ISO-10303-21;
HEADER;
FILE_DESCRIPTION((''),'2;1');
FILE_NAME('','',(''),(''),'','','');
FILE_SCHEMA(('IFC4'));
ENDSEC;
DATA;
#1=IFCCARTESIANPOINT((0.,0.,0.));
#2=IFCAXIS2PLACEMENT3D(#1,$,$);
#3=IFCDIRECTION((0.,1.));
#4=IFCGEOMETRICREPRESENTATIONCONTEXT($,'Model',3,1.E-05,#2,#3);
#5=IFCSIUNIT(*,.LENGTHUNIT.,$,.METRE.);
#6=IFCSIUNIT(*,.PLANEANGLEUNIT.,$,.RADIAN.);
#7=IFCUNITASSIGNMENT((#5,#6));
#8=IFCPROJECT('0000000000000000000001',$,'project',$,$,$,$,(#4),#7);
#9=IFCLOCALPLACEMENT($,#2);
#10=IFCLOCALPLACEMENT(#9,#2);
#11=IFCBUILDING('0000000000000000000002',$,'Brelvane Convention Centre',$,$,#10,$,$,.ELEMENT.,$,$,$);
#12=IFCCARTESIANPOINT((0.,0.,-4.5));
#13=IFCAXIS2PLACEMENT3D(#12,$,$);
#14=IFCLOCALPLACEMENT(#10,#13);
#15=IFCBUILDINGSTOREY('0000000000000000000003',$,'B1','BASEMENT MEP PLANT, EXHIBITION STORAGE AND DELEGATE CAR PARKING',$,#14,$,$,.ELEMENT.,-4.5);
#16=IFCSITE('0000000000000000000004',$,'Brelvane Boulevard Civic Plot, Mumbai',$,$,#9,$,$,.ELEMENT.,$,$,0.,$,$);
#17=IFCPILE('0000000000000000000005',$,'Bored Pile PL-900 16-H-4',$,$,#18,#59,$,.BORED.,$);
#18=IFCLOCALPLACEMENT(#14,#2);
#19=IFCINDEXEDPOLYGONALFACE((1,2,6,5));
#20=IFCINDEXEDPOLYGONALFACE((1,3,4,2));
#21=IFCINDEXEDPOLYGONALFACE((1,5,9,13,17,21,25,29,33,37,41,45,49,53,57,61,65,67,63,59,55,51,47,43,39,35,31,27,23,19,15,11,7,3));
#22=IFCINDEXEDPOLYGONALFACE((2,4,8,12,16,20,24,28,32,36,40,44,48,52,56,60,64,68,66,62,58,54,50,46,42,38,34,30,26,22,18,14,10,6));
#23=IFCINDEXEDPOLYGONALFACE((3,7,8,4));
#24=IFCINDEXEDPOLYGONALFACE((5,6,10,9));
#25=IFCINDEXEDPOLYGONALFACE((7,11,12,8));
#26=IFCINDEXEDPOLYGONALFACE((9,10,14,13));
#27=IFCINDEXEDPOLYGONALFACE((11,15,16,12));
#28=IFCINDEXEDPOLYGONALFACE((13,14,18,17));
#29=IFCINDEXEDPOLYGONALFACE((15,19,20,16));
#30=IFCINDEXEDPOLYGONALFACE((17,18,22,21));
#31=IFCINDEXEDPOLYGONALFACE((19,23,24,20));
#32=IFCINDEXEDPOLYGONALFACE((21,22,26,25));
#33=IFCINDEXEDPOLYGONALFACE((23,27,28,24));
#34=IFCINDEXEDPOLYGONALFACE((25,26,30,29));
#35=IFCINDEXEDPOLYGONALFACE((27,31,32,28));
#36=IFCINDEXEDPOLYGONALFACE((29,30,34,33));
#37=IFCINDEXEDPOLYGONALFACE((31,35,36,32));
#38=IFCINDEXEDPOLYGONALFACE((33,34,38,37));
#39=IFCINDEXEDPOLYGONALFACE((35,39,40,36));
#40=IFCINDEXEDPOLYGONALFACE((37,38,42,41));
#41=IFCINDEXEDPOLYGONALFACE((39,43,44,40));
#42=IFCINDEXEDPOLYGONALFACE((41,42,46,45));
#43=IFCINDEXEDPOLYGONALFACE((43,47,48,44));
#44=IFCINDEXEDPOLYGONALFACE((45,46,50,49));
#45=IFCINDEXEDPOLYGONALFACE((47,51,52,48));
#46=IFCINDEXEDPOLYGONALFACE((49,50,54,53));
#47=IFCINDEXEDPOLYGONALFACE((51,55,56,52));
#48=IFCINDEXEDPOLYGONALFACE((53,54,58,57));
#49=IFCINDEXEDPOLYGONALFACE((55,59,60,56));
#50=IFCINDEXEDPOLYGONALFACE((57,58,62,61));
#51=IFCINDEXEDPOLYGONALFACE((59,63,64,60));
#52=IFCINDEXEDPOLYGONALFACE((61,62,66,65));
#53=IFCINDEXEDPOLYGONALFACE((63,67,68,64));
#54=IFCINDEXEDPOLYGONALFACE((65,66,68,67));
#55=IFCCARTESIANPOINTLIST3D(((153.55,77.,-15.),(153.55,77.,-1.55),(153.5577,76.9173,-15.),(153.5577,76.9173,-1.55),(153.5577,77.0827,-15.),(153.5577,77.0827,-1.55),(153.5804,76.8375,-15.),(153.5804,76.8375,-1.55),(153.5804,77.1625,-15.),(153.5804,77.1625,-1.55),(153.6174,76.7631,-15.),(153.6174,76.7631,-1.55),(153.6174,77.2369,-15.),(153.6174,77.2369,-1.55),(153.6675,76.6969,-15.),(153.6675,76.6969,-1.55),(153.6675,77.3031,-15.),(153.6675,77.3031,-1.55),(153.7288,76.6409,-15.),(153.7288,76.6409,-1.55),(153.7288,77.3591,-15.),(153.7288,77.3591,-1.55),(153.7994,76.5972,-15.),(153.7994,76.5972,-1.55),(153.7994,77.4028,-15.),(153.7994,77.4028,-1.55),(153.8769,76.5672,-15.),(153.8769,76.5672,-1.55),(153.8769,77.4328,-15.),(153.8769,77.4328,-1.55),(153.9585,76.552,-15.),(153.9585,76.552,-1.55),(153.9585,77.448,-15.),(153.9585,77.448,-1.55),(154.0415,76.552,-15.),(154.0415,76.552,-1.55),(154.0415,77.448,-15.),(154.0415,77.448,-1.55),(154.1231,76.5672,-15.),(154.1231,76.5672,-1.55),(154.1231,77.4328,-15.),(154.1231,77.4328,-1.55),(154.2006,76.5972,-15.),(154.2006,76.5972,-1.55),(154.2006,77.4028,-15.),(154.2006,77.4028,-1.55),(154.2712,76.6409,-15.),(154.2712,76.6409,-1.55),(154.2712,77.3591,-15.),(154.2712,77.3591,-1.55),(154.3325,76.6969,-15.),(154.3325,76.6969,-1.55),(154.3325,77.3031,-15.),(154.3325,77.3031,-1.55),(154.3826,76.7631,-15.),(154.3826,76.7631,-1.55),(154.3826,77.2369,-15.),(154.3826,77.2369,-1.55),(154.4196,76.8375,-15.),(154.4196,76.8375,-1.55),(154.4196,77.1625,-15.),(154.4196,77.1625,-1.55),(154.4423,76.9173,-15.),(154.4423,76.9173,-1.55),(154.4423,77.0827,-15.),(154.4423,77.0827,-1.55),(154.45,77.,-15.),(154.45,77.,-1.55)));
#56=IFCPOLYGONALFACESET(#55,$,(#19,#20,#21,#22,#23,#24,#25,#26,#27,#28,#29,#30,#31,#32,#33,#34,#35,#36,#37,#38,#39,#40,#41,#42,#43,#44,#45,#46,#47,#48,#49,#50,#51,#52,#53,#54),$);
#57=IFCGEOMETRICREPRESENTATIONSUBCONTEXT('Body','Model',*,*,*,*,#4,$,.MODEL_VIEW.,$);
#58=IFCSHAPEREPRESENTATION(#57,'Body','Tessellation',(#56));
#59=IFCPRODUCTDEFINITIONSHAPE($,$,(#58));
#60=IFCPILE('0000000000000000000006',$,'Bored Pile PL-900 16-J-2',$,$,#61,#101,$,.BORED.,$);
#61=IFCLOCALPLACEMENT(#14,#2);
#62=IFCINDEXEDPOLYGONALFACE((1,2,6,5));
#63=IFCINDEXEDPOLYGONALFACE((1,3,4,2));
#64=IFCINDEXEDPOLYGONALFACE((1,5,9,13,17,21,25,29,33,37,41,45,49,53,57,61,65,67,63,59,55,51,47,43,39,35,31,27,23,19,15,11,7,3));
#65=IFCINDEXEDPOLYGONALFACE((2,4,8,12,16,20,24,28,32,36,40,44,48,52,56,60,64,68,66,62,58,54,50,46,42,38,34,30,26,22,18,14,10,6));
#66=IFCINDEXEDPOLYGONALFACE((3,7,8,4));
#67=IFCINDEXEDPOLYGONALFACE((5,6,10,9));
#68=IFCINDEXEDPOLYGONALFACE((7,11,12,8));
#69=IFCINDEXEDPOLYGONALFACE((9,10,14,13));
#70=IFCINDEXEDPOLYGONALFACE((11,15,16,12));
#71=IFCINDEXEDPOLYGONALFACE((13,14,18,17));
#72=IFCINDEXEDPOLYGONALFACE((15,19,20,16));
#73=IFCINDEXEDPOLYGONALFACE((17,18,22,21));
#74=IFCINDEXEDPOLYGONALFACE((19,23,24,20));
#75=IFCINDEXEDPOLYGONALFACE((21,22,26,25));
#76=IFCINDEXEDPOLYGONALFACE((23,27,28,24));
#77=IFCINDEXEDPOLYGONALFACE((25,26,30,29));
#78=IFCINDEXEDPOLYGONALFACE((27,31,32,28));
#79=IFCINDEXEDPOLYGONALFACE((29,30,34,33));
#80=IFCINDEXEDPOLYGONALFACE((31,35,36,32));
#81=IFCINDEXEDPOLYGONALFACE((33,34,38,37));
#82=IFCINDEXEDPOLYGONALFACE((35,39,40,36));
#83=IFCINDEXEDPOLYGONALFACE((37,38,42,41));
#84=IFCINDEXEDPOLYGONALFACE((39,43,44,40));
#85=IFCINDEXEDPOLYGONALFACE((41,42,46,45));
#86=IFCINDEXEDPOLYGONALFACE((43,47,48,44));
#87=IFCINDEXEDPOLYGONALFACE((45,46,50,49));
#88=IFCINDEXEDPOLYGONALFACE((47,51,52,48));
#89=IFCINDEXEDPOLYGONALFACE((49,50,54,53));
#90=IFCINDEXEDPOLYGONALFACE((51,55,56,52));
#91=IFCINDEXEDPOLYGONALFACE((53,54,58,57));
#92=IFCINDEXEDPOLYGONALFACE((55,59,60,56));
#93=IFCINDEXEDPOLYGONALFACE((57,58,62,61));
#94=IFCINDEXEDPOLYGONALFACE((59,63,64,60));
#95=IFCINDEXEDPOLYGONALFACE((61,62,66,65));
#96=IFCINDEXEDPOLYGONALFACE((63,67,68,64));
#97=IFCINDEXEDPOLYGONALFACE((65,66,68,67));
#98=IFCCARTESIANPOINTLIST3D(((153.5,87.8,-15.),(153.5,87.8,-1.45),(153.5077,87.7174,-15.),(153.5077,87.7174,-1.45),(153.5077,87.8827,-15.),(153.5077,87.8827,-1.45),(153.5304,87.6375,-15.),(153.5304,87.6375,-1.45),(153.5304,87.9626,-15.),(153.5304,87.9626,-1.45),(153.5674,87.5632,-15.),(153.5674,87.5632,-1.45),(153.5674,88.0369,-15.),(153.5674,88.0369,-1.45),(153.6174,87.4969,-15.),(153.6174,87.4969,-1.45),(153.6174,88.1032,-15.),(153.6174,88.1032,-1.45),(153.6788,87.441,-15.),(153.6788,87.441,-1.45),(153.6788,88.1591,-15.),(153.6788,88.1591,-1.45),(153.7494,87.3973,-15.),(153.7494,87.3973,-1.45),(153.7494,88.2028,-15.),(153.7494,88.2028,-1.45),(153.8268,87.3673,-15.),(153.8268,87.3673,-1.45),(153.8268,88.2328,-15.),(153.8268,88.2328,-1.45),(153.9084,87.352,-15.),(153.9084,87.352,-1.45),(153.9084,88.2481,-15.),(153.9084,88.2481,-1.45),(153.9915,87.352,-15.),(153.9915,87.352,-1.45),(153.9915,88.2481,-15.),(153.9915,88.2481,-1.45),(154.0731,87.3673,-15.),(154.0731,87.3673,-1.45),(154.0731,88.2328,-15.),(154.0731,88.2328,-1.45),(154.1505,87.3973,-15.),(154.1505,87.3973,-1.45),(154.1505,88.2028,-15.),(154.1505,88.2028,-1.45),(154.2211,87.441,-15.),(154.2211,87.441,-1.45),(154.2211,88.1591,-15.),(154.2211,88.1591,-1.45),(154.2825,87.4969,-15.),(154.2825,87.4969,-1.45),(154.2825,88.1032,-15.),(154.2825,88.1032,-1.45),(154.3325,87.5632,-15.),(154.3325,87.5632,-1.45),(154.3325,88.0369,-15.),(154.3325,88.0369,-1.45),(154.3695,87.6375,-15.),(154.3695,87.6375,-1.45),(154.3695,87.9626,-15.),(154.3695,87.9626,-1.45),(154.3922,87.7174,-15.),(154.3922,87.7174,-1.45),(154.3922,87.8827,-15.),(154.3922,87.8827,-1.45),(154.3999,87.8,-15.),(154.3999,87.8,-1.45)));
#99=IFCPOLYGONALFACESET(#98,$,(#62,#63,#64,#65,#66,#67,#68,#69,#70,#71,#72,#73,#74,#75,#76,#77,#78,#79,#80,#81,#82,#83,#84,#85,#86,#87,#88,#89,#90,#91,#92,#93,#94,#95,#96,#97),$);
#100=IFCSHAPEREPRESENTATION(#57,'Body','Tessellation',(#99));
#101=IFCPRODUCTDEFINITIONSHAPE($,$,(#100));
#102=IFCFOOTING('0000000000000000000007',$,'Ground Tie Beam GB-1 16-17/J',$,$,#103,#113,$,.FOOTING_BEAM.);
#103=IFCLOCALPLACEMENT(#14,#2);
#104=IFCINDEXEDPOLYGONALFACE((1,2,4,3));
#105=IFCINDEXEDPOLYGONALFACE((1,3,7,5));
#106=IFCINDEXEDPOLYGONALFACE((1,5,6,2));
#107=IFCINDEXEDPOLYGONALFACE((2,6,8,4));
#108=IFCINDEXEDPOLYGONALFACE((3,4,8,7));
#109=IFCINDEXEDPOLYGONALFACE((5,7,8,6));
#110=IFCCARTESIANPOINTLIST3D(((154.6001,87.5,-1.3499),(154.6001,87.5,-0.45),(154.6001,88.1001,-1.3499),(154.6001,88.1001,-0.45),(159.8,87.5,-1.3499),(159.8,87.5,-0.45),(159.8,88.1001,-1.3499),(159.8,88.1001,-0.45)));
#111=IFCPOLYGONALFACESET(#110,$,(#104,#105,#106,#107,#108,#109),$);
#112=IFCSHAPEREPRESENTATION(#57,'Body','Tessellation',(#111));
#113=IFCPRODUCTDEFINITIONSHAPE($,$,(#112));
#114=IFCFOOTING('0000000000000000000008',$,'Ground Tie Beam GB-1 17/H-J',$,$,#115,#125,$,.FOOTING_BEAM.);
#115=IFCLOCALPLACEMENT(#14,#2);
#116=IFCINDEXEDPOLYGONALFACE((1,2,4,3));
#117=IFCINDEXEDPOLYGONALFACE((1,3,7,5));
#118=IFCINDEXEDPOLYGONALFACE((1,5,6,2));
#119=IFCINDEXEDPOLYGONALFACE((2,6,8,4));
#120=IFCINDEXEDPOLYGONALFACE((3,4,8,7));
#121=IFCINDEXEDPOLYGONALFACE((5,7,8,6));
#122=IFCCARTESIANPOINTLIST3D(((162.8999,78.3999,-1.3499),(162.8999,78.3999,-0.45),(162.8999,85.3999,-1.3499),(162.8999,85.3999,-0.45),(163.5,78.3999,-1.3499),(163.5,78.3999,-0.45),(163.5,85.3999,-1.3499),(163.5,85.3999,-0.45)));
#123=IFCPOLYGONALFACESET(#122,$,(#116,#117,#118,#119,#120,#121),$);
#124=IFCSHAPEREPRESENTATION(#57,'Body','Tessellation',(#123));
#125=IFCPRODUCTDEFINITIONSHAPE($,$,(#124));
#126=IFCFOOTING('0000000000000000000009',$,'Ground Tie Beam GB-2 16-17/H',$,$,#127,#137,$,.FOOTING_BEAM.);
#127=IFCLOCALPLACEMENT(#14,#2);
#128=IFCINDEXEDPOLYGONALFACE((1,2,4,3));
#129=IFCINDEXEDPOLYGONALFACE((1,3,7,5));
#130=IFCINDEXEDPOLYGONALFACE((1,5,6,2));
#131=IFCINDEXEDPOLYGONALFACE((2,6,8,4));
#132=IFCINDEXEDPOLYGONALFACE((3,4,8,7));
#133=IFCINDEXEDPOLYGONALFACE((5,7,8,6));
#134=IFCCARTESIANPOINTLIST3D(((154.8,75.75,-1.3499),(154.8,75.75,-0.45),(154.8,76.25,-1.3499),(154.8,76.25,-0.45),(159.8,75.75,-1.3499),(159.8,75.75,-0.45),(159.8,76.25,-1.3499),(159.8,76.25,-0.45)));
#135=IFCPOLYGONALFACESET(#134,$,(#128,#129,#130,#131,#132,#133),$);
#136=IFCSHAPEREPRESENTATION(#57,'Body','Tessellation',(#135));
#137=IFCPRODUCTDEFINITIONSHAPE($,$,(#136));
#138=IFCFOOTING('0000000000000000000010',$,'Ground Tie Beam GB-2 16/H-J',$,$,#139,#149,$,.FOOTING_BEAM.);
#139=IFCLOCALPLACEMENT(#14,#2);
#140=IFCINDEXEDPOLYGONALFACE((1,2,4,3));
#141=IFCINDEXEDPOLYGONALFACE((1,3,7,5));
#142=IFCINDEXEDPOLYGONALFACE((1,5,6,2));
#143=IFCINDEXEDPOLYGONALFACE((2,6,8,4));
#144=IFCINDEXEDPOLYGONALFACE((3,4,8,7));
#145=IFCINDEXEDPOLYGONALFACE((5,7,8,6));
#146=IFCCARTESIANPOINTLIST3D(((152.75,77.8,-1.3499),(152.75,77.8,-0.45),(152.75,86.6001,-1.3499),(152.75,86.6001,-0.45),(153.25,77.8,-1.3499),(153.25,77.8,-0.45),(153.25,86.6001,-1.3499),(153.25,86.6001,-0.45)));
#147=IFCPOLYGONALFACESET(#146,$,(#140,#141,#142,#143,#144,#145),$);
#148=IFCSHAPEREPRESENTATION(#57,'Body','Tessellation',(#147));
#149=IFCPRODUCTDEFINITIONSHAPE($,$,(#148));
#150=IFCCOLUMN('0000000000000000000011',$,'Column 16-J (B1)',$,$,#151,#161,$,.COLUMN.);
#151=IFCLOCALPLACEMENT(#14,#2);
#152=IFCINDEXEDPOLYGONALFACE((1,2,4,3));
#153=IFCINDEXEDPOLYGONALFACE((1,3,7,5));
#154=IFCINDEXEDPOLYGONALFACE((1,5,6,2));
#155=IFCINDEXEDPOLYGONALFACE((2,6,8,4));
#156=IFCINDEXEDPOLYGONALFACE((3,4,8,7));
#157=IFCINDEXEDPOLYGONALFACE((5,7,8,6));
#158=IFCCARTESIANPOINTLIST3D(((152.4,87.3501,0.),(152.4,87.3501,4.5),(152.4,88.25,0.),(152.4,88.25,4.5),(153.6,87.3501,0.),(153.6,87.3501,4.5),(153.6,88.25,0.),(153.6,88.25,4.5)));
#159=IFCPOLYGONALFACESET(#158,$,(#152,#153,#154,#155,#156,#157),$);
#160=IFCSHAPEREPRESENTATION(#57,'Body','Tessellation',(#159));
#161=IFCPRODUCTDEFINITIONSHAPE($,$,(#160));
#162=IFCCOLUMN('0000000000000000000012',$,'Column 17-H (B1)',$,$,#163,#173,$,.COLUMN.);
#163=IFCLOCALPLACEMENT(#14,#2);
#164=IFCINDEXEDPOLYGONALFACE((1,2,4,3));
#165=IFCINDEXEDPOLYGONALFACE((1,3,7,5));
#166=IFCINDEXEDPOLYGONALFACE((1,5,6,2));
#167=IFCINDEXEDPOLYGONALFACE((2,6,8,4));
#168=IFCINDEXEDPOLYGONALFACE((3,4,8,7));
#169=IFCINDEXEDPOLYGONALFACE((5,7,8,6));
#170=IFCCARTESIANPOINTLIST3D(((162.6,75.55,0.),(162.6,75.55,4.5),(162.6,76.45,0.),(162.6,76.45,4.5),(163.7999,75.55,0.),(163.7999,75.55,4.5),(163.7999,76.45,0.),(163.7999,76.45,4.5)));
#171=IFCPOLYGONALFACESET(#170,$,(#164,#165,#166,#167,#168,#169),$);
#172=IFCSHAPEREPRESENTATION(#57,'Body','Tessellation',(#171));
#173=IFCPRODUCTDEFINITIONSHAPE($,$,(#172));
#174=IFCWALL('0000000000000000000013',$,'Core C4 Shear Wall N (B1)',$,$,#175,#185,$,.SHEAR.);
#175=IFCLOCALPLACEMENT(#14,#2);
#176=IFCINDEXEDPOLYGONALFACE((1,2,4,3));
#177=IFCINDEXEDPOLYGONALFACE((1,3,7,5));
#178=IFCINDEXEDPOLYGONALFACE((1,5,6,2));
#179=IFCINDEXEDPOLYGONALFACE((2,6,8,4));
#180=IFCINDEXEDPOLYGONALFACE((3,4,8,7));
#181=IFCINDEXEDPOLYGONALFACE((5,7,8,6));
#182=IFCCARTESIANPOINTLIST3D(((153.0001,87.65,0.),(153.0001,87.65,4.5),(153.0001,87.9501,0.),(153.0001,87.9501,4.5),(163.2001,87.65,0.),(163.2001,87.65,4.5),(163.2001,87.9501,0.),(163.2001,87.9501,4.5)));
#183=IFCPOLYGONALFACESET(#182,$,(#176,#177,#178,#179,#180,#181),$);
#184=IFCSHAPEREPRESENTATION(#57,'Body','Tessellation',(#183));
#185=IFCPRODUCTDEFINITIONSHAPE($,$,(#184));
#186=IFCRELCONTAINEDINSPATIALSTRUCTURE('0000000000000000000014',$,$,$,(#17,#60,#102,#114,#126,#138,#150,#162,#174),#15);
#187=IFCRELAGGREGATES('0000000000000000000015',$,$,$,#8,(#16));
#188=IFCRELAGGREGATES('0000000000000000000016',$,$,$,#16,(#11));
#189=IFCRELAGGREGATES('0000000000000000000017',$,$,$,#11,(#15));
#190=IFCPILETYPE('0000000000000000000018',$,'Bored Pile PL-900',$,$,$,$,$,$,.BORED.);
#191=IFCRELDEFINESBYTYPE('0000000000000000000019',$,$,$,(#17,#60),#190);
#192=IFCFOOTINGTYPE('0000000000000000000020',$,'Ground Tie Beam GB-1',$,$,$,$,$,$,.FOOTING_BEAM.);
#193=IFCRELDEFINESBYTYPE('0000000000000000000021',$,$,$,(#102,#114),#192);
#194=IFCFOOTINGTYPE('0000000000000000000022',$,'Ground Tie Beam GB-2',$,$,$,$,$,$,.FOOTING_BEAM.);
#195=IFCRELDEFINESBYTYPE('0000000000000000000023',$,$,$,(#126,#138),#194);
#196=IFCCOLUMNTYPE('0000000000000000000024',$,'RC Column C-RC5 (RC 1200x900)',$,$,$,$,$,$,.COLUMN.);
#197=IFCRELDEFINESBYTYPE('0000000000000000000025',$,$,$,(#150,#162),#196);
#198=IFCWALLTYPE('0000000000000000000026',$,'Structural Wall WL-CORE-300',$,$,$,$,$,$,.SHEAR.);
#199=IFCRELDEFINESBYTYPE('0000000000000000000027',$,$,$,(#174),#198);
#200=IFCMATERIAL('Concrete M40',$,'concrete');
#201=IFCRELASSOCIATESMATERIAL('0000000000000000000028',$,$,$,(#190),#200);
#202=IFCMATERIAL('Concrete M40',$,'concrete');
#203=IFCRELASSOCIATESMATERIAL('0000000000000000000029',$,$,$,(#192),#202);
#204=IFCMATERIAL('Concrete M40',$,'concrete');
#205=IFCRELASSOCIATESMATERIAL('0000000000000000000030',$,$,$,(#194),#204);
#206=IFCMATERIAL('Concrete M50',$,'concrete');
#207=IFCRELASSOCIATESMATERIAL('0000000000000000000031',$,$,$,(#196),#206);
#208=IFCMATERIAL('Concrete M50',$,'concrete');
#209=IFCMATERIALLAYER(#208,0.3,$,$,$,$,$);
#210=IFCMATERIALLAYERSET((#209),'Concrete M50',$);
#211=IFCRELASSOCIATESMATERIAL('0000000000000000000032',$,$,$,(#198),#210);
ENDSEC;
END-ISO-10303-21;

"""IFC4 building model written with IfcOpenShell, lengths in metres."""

from ifc_helpers import new_model, si_unit, direction, frame, frame_2d, origin, origin_2d, place, context, subcontext, project, spatial, rectangle, circle, extrude, material, layer, layer_set, material_profile, profile_set, type_object, element, save


model = new_model("IFC4")

# Units and contexts
model_context = context("Model", 3, precision=1e-05, world=origin(), true_north=direction((0.0, 1.0)))
body_context = subcontext(model_context, "Body", "Model", "MODEL_VIEW")
ifc_project = project(units=[si_unit("LENGTHUNIT", "METRE"), si_unit("PLANEANGLEUNIT", "RADIAN")], contexts=[model_context])

# Site, building, storey
site_placement = place(None, origin())
site = spatial("IfcSite", under=ifc_project, at=site_placement, Name="Brelvane Boulevard Civic Plot, Mumbai", CompositionType="ELEMENT", RefElevation=0.0)
building_placement = place(site_placement, origin())
building = spatial("IfcBuilding", under=site, at=building_placement, Name="Brelvane Convention Centre", CompositionType="ELEMENT")
storey_placement = place(building_placement, frame((0.0, 0.0, -4.5)))
storey = spatial("IfcBuildingStorey", under=building, at=storey_placement, Name="B1", Description="BASEMENT MEP PLANT, EXHIBITION STORAGE AND DELEGATE CAR PARKING", CompositionType="ELEMENT", Elevation=-4.5)

# Piles
ifc_material_1 = material(Name="Concrete M40", Category="concrete")
ifc_material_profile_1 = material_profile(ifc_material_1, circle(Radius=0.45, at=origin_2d()), Name="PILE D900")
ifc_profile_set_1 = profile_set([ifc_material_profile_1], Name="Concrete M40")
pile_type_1 = type_object("IfcPileType", Name="Bored Pile PL-900", PredefinedType="BORED", material=ifc_profile_set_1)
pile_1_placement = place(storey_placement, frame((154.0, 77.0, -1.55), z_axis=(0.0, 0.0, -1.0), x_axis=(1.0, 0.0, 0.0)))
element("IfcPile", 1, at=pile_1_placement, inside=storey, type_object=pile_type_1, Name="Bored Pile PL-900 16-H-4", PredefinedType="BORED", context=body_context, shape_type="SweptSolid", body=[
    extrude(circle(Radius=0.45, at=origin_2d()), origin(), (0.0, 0.0, 1.0), 13.45),
])
pile_2_placement = place(storey_placement, frame((153.95, 87.8, -1.45), z_axis=(0.0, 0.0, -1.0), x_axis=(1.0, 0.0, 0.0)))
element("IfcPile", 2, at=pile_2_placement, inside=storey, type_object=pile_type_1, Name="Bored Pile PL-900 16-J-2", PredefinedType="BORED", context=body_context, shape_type="SweptSolid", body=[
    extrude(circle(Radius=0.45, at=origin_2d()), origin(), (0.0, 0.0, 1.0), 13.55),
])

# Footings
ifc_material_2 = material(Name="Concrete M40", Category="concrete")
ifc_material_profile_2 = material_profile(ifc_material_2, rectangle(XDim=0.6001, YDim=0.8999, at=origin_2d()), Name="RC 600x900")
ifc_profile_set_2 = profile_set([ifc_material_profile_2], Name="Concrete M40")
footing_type_1 = type_object("IfcFootingType", Name="Ground Tie Beam GB-1", PredefinedType="FOOTING_BEAM", material=ifc_profile_set_2)
footing_1_placement = place(storey_placement, frame((154.6001, 87.8, -0.8999), z_axis=(1.0, 0.0, 0.0), x_axis=(0.0, 1.0, 0.0)))
element("IfcFooting", 3, at=footing_1_placement, inside=storey, type_object=footing_type_1, Name="Ground Tie Beam GB-1 16-17/J", PredefinedType="FOOTING_BEAM", context=body_context, shape_type="SweptSolid", body=[
    extrude(rectangle(XDim=0.6001, YDim=0.8999, at=origin_2d()), origin(), (0.0, 0.0, 1.0), 5.2),
])
footing_2_placement = place(storey_placement, frame((163.2, 78.3999, -0.8999), z_axis=(0.0, 1.0, 0.0), x_axis=(-1.0, 0.0, 0.0)))
element("IfcFooting", 4, at=footing_2_placement, inside=storey, type_object=footing_type_1, Name="Ground Tie Beam GB-1 17/H-J", PredefinedType="FOOTING_BEAM", context=body_context, shape_type="SweptSolid", body=[
    extrude(rectangle(XDim=0.6001, YDim=0.8999, at=origin_2d()), origin(), (0.0, 0.0, 1.0), 7.0),
])
ifc_material_3 = material(Name="Concrete M40", Category="concrete")
ifc_material_profile_3 = material_profile(ifc_material_3, rectangle(XDim=0.5, YDim=0.8999, at=origin_2d()), Name="RC 500x900")
ifc_profile_set_3 = profile_set([ifc_material_profile_3], Name="Concrete M40")
footing_type_2 = type_object("IfcFootingType", Name="Ground Tie Beam GB-2", PredefinedType="FOOTING_BEAM", material=ifc_profile_set_3)
footing_3_placement = place(storey_placement, frame((154.8, 76.0, -0.8999), z_axis=(1.0, 0.0, 0.0), x_axis=(0.0, 1.0, 0.0)))
element("IfcFooting", 5, at=footing_3_placement, inside=storey, type_object=footing_type_2, Name="Ground Tie Beam GB-2 16-17/H", PredefinedType="FOOTING_BEAM", context=body_context, shape_type="SweptSolid", body=[
    extrude(rectangle(XDim=0.5, YDim=0.8999, at=origin_2d()), origin(), (0.0, 0.0, 1.0), 5.0),
])
footing_4_placement = place(storey_placement, frame((153.0, 77.8, -0.8999), z_axis=(0.0, 1.0, 0.0), x_axis=(-1.0, 0.0, 0.0)))
element("IfcFooting", 6, at=footing_4_placement, inside=storey, type_object=footing_type_2, Name="Ground Tie Beam GB-2 16/H-J", PredefinedType="FOOTING_BEAM", context=body_context, shape_type="SweptSolid", body=[
    extrude(rectangle(XDim=0.5, YDim=0.8999, at=origin_2d()), origin(), (0.0, 0.0, 1.0), 8.8),
])

# Columns
ifc_material_4 = material(Name="Concrete M50", Category="concrete")
ifc_material_profile_4 = material_profile(ifc_material_4, rectangle(XDim=1.2, YDim=0.8999, at=origin_2d()), Name="RC 1200x900")
ifc_profile_set_4 = profile_set([ifc_material_profile_4], Name="Concrete M50")
column_type = type_object("IfcColumnType", Name="RC Column C-RC5 (RC 1200x900)", PredefinedType="COLUMN", material=ifc_profile_set_4)
for number, where, z_axis, x_axis, name in (
    (7, (153.0, 87.8, 0.0), (0.0, 0.0, 1.0), (1.0, 0.0, 0.0), "Column 16-J (B1)"),
    (8, (163.2, 76.0, 0.0), (0.0, 0.0, 1.0), (1.0, 0.0, 0.0), "Column 17-H (B1)"),
):
    element("IfcColumn", number, at=place(storey_placement, frame(where, z_axis=z_axis, x_axis=x_axis)), inside=storey, type_object=column_type, Name=name, PredefinedType="COLUMN", context=body_context, shape_type="SweptSolid", body=[
        extrude(rectangle(XDim=1.2, YDim=0.8999, at=origin_2d()), origin(), (0.0, 0.0, 1.0), 4.5),
    ])

# Wall
ifc_material_5 = material(Name="Concrete M50", Category="concrete")
ifc_layer = layer(ifc_material_5, 0.3)
ifc_layer_set = layer_set([ifc_layer], Name="Concrete M50")
wall_type = type_object("IfcWallType", Name="Structural Wall WL-CORE-300", PredefinedType="SHEAR", material=ifc_layer_set)
wall_1_placement = place(storey_placement, frame((153.0, 87.8, 0.0), z_axis=(0.0, 0.0, 1.0), x_axis=(1.0, 0.0, 0.0)))
element("IfcWall", 9, at=wall_1_placement, inside=storey, type_object=wall_type, Name="Core C4 Shear Wall N (B1)", PredefinedType="SHEAR", context=body_context, shape_type="SweptSolid", body=[
    extrude(rectangle(XDim=10.2, YDim=0.3, at=frame_2d((5.1001, 0.0))), origin(), (0.0, 0.0, 1.0), 4.5),
])

save(model, "model.ifc")
